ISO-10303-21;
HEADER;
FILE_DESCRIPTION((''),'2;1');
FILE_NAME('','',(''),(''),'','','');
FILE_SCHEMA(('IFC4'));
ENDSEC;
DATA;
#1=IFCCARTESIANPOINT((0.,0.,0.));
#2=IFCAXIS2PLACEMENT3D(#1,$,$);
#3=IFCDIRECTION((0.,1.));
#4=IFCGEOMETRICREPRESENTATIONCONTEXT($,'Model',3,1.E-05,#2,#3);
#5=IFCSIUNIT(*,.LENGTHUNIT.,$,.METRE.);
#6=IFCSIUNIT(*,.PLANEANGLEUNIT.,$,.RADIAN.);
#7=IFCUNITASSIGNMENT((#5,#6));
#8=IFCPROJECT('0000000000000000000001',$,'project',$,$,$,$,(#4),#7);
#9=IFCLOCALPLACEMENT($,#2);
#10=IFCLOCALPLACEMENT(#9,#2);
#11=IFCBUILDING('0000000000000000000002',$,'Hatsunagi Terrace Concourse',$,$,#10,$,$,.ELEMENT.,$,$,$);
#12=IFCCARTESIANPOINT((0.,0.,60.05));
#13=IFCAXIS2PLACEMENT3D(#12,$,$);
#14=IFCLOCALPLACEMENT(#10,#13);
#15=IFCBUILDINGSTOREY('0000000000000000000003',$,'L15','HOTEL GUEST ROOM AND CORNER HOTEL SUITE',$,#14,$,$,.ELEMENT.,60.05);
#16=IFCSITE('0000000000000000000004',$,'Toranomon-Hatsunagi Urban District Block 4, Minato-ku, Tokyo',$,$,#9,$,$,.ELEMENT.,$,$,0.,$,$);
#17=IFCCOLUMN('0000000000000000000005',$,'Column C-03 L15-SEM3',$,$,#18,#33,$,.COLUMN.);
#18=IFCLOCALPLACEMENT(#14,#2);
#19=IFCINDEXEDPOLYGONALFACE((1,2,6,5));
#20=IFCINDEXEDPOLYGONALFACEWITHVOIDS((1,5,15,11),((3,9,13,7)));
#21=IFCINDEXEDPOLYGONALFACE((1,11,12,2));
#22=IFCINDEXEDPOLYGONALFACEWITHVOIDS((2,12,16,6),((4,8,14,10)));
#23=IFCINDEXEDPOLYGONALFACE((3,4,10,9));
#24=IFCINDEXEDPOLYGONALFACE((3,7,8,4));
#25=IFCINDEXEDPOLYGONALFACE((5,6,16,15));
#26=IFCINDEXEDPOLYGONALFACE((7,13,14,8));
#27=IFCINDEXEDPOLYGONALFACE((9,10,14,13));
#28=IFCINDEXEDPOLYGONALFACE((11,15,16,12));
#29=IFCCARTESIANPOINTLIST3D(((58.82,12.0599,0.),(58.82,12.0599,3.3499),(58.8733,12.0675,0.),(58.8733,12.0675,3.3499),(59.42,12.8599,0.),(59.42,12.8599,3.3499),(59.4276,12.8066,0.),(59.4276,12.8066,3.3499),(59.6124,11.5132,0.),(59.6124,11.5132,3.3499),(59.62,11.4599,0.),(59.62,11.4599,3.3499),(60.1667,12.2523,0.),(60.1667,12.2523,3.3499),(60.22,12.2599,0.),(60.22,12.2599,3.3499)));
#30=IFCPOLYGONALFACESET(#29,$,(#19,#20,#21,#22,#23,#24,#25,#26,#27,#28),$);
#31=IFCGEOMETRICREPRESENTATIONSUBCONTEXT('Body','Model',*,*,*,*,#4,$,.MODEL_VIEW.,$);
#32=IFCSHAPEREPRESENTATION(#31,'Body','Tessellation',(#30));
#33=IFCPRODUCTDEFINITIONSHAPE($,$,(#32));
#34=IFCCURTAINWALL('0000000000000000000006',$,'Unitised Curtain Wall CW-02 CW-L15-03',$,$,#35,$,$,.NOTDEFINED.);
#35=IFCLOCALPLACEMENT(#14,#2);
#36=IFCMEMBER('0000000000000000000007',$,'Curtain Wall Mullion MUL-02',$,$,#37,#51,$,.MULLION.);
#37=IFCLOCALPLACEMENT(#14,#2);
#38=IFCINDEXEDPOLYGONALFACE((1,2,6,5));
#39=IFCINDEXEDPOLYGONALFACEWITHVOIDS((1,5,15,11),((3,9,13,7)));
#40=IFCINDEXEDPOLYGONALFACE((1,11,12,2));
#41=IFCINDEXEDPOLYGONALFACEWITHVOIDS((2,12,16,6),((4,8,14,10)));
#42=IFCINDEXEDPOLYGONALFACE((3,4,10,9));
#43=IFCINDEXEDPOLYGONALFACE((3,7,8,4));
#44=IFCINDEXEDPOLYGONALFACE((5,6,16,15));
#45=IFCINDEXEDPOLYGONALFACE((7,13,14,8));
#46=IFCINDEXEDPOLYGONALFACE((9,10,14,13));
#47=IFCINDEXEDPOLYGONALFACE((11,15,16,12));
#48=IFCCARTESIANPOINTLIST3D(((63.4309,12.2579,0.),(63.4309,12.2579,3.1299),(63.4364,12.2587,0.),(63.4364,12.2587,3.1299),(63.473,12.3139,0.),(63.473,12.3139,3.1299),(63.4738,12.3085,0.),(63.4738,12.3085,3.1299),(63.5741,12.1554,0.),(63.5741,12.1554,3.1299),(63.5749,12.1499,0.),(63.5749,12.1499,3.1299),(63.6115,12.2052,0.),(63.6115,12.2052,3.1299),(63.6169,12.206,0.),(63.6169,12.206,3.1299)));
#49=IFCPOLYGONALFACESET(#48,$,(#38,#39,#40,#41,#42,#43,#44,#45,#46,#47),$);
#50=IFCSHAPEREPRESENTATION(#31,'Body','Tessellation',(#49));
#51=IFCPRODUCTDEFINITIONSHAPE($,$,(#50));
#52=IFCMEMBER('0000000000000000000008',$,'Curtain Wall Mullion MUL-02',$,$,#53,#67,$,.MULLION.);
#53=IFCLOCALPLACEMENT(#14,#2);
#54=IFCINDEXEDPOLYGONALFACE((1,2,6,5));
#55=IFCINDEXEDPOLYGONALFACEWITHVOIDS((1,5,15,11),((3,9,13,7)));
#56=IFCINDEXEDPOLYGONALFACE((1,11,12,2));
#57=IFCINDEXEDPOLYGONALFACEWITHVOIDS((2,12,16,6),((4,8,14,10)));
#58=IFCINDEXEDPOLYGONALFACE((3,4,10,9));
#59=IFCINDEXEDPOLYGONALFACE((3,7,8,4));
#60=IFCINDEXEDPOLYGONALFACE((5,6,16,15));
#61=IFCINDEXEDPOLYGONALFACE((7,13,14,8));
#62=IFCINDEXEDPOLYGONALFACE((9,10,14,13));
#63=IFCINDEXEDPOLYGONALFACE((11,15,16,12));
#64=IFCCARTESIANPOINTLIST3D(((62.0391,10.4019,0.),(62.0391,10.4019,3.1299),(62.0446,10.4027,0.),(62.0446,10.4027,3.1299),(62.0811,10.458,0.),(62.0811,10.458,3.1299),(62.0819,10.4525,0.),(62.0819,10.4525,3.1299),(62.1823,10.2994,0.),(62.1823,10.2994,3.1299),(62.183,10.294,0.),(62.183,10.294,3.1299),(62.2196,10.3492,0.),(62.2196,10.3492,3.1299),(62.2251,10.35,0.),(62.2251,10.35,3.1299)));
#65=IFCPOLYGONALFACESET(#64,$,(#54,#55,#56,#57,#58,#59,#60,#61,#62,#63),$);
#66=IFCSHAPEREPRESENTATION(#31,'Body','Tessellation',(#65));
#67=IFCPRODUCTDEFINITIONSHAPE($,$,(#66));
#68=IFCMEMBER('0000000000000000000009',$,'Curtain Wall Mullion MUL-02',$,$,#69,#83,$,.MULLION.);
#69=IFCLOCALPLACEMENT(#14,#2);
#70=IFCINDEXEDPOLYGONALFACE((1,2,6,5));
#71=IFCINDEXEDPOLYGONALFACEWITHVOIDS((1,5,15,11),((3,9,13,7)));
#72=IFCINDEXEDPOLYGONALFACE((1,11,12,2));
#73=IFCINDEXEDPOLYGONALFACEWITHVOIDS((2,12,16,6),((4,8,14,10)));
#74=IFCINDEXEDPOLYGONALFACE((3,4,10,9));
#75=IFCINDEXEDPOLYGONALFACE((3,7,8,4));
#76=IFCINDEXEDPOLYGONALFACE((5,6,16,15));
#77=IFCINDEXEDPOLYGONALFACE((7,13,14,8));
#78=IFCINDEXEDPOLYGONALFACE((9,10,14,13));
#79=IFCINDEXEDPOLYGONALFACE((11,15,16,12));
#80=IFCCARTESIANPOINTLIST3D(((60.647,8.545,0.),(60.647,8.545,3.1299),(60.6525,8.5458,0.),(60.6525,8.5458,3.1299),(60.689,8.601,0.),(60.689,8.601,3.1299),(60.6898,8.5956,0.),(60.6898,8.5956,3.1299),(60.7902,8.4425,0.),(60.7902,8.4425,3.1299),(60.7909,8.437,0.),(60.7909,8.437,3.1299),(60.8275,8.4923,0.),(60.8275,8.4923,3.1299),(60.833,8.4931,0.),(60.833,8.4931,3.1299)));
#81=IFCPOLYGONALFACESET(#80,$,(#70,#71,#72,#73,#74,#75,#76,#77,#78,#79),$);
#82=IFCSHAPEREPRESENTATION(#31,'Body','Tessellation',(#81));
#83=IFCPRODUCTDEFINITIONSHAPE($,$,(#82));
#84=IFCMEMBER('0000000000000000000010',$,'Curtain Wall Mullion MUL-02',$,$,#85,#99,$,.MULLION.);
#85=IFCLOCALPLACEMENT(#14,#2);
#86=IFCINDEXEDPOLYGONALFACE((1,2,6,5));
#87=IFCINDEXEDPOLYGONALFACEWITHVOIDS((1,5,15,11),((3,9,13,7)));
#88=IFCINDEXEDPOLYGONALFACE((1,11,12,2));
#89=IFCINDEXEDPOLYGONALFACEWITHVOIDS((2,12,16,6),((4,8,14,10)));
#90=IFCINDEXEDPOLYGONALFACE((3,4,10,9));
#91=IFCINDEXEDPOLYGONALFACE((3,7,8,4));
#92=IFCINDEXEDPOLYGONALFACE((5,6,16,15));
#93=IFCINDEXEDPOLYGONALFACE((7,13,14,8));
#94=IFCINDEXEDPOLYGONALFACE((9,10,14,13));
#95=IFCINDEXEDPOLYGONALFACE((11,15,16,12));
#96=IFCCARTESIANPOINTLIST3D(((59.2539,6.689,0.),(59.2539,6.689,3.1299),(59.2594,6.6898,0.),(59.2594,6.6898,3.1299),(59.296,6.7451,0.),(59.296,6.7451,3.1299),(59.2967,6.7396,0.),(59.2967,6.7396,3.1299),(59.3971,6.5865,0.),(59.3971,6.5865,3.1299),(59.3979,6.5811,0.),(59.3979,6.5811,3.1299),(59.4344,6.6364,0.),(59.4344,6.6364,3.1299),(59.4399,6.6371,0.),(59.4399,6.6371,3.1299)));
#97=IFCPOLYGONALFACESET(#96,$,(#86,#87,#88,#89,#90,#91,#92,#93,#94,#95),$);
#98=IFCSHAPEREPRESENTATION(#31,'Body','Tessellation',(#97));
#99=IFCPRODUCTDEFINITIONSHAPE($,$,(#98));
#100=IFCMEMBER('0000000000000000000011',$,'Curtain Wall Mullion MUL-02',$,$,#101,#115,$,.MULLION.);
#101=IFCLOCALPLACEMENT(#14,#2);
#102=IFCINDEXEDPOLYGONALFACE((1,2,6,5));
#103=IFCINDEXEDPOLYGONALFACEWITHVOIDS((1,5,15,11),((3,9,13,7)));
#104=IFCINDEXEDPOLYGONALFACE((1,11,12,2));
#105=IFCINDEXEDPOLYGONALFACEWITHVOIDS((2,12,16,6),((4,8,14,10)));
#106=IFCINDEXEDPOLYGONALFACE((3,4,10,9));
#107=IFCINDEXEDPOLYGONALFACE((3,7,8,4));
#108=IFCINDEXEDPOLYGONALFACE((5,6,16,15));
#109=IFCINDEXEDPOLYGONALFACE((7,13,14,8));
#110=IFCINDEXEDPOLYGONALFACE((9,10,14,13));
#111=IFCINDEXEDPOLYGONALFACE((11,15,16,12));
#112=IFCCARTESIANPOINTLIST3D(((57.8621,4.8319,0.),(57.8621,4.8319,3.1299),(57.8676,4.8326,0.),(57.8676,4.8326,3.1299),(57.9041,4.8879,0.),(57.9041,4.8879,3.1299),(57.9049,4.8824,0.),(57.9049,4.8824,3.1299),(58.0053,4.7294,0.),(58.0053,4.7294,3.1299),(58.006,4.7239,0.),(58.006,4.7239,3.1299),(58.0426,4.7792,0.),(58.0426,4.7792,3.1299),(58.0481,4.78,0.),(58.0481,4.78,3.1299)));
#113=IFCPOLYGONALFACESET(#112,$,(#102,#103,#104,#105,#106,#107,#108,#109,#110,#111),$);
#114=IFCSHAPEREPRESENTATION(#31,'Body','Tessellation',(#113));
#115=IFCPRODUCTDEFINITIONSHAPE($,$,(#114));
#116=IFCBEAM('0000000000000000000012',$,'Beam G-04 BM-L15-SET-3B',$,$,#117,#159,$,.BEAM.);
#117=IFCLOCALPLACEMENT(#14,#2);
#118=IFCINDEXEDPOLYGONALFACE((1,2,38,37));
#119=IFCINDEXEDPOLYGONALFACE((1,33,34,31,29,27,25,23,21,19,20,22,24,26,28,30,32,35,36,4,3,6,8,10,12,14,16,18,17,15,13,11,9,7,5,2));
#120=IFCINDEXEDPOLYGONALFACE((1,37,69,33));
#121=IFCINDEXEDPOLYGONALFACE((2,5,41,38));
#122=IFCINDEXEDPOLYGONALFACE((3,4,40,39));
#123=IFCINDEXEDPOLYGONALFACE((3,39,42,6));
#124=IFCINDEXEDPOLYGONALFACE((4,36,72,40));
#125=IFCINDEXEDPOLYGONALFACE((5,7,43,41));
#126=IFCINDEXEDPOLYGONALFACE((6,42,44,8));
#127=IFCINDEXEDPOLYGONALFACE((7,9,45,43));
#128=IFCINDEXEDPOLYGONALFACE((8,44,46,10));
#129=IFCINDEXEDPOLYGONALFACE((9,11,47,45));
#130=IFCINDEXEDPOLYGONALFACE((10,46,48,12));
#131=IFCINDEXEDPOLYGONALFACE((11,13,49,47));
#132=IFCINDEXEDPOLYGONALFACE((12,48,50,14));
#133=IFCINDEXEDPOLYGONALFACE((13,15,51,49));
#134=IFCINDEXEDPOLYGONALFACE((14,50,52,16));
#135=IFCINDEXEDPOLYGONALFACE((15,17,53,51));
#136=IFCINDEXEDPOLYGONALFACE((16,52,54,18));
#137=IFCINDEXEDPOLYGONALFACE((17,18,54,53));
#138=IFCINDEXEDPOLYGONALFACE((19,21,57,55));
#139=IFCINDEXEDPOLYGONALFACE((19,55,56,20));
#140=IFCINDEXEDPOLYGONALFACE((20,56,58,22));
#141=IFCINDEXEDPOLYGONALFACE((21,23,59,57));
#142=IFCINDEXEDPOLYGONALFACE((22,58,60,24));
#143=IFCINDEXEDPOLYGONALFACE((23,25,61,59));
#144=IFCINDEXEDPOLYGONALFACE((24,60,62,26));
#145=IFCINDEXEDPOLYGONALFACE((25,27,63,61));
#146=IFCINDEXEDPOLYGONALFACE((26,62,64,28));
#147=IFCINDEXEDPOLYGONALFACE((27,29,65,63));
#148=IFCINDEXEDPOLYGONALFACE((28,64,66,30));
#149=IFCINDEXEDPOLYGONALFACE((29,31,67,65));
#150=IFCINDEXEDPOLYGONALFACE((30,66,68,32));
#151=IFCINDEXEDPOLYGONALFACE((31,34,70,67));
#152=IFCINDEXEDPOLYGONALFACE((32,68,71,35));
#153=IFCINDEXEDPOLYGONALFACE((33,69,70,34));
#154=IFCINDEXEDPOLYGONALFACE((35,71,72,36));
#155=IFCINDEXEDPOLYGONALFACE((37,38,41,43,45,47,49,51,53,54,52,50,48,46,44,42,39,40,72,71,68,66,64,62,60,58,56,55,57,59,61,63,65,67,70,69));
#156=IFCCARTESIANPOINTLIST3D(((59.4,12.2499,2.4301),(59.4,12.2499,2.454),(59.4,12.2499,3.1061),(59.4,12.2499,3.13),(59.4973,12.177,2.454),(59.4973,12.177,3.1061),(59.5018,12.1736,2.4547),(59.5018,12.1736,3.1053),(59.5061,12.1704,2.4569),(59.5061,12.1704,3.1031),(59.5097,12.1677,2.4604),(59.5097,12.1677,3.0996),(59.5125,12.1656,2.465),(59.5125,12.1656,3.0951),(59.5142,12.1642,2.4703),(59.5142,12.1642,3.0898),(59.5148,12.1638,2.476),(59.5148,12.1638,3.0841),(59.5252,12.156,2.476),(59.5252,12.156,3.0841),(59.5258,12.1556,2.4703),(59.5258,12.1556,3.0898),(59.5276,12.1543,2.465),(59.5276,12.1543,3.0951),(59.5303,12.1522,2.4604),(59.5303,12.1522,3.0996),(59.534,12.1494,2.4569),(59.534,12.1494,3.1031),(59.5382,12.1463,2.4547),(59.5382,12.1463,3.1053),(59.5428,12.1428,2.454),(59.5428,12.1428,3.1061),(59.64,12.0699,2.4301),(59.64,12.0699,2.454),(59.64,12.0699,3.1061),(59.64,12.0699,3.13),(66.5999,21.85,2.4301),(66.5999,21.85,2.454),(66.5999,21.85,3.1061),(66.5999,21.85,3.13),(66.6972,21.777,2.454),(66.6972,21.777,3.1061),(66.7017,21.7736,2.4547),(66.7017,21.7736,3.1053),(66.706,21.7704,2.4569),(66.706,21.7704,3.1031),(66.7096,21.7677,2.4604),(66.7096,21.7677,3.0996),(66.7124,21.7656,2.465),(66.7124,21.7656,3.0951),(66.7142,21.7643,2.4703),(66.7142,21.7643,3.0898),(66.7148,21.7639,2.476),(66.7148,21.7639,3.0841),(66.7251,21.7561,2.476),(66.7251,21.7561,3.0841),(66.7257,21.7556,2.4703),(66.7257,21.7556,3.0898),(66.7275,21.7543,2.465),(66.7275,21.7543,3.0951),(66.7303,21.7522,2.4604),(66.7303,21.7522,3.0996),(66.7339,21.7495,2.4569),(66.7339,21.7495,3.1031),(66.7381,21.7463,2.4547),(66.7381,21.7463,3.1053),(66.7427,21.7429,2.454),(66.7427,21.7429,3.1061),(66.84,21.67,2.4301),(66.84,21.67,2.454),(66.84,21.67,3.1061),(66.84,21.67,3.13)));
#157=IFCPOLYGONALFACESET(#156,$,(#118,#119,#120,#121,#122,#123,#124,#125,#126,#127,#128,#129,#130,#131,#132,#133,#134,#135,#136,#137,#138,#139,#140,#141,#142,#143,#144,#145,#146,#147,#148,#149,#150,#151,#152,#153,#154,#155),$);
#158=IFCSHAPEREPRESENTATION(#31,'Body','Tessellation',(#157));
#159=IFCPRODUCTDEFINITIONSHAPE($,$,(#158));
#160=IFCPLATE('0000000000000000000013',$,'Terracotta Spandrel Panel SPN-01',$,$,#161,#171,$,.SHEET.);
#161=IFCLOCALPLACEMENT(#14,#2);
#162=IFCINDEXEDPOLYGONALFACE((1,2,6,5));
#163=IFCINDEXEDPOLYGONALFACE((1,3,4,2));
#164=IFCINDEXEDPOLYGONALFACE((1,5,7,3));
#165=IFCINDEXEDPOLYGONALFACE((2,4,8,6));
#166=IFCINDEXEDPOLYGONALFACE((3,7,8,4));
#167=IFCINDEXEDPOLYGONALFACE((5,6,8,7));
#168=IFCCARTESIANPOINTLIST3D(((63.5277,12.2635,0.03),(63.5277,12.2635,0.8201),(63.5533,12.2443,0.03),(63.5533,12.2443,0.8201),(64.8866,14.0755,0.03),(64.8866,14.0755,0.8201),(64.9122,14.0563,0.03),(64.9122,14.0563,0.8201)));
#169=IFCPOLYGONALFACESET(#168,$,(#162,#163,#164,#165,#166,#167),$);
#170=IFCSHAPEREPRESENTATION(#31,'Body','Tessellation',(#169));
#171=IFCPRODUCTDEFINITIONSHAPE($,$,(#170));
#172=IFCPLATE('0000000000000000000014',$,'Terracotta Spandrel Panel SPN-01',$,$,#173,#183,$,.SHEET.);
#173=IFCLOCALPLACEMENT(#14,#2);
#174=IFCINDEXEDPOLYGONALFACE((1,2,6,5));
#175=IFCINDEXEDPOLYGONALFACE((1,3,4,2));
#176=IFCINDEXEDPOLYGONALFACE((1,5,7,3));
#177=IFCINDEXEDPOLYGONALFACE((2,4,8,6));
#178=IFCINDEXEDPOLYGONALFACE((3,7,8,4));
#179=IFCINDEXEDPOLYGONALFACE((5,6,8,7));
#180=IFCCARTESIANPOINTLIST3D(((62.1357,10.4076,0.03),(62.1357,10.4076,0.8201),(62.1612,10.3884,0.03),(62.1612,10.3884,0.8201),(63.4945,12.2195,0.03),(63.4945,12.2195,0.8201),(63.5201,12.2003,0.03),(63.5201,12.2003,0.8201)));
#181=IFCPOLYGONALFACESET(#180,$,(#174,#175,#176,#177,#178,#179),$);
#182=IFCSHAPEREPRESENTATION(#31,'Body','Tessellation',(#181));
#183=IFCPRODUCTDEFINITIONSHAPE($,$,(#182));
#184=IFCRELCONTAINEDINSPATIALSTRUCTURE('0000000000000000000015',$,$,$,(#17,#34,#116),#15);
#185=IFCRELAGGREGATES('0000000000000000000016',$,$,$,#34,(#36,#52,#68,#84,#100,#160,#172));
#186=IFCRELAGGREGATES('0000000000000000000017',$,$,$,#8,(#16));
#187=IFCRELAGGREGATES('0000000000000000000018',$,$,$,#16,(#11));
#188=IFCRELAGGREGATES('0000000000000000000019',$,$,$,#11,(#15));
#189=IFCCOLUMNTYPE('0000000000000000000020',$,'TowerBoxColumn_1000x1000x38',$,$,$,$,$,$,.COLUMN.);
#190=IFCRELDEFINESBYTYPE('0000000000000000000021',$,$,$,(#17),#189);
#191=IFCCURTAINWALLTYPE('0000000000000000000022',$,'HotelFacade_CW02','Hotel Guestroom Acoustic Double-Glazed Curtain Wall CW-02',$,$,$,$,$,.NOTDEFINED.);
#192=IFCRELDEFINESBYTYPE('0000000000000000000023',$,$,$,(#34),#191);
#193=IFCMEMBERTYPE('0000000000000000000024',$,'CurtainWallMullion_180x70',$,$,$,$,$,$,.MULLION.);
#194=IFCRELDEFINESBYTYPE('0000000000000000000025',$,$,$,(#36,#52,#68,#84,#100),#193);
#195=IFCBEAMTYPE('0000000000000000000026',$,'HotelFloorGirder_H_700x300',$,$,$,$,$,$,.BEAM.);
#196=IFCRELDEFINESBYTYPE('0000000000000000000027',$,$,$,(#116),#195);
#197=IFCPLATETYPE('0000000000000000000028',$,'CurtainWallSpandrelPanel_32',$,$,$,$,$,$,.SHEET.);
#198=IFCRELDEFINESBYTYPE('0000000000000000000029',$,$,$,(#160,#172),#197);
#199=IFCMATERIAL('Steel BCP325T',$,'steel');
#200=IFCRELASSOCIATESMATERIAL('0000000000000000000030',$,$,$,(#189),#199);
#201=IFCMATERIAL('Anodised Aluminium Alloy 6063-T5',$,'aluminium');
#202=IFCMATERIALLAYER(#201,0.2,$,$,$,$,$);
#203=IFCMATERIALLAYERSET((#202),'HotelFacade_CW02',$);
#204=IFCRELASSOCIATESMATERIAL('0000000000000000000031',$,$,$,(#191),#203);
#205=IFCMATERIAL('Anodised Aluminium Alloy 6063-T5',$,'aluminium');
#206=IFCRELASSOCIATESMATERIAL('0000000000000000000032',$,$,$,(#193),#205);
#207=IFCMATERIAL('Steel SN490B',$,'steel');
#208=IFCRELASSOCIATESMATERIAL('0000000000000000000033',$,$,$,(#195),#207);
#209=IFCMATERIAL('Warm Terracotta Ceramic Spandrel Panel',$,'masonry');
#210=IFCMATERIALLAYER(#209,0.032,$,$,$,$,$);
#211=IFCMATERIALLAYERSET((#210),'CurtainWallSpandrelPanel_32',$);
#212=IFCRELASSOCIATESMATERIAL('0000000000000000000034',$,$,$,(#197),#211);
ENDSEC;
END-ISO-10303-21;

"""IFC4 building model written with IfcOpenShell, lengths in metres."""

from ifc_helpers import new_model, si_unit, direction, frame, origin, origin_2d, place, context, subcontext, project, spatial, rectangle, hollow_rectangle, i_section, extrude, material, layer, layer_set, material_profile, profile_set, type_object, element, aggregate, save


model = new_model("IFC4")

# Units and contexts
model_context = context("Model", 3, precision=1e-05, world=origin(), true_north=direction((0.0, 1.0)))
body_context = subcontext(model_context, "Body", "Model", "MODEL_VIEW")
ifc_project = project(units=[si_unit("LENGTHUNIT", "METRE"), si_unit("PLANEANGLEUNIT", "RADIAN")], contexts=[model_context])

# Site, building, storey
site_placement = place(None, origin())
site = spatial("IfcSite", under=ifc_project, at=site_placement, Name="Toranomon-Hatsunagi Urban District Block 4, Minato-ku, Tokyo", CompositionType="ELEMENT", RefElevation=0.0)
building_placement = place(site_placement, origin())
building = spatial("IfcBuilding", under=site, at=building_placement, Name="Hatsunagi Terrace Concourse", CompositionType="ELEMENT")
storey_placement = place(building_placement, frame((0.0, 0.0, 60.05)))
storey = spatial("IfcBuildingStorey", under=building, at=storey_placement, Name="L15", Description="HOTEL GUEST ROOM AND CORNER HOTEL SUITE", CompositionType="ELEMENT", Elevation=60.05)

# Column
ifc_material_1 = material(Name="Steel BCP325T", Category="steel")
ifc_material_profile_1 = material_profile(ifc_material_1, hollow_rectangle(XDim=1.0, YDim=1.0, WallThickness=0.0381, at=origin_2d()), Name="BCP-1000x1000x38")
ifc_profile_set_1 = profile_set([ifc_material_profile_1], Name="Steel BCP325T")
column_type = type_object("IfcColumnType", Name="TowerBoxColumn_1000x1000x38", PredefinedType="COLUMN", material=ifc_profile_set_1)
column_placement = place(storey_placement, frame((59.52, 12.1599, 0.0), z_axis=(0.0, 0.0, 1.0), x_axis=(0.8, -0.6, 0.0)))
element("IfcColumn", 1, at=column_placement, inside=storey, type_object=column_type, Name="Column C-03 L15-SEM3", PredefinedType="COLUMN", context=body_context, shape_type="SweptSolid", body=[
    extrude(hollow_rectangle(XDim=1.0, YDim=1.0, WallThickness=0.0381, at=origin_2d()), origin(), (0.0, 0.0, 1.0), 3.3499),
])

# Curtain wall, members
ifc_material_2 = material(Name="Anodised Aluminium Alloy 6063-T5", Category="aluminium")
ifc_layer_1 = layer(ifc_material_2, 0.2)
ifc_layer_set_1 = layer_set([ifc_layer_1], Name="HotelFacade_CW02")
curtain_wall_type = type_object("IfcCurtainWallType", Name="HotelFacade_CW02", Description="Hotel Guestroom Acoustic Double-Glazed Curtain Wall CW-02", PredefinedType="NOTDEFINED", material=ifc_layer_set_1)
curtain_wall_placement = place(storey_placement, origin())
curtain_wall = element("IfcCurtainWall", 2, at=curtain_wall_placement, inside=storey, type_object=curtain_wall_type, Name="Unitised Curtain Wall CW-02 CW-L15-03", PredefinedType="NOTDEFINED")
ifc_material_3 = material(Name="Anodised Aluminium Alloy 6063-T5", Category="aluminium")
ifc_material_profile_2 = material_profile(ifc_material_3, hollow_rectangle(XDim=0.0701, YDim=0.1799, WallThickness=0.0039, at=origin_2d()), Name="ALU-MUL-180x70x4")
ifc_profile_set_2 = profile_set([ifc_material_profile_2], Name="Anodised Aluminium Alloy 6063-T5")
member_type = type_object("IfcMemberType", Name="CurtainWallMullion_180x70", PredefinedType="MULLION", material=ifc_profile_set_2)
member_1_placement = place(storey_placement, frame((63.5239, 12.2319, 0.0), z_axis=(0.0, 0.0, 1.0), x_axis=(-0.599969, -0.800023, 0.0)))
member_1 = element("IfcMember", 3, at=member_1_placement, type_object=member_type, Name="Curtain Wall Mullion MUL-02", PredefinedType="MULLION", context=body_context, shape_type="SweptSolid", body=[
    extrude(hollow_rectangle(XDim=0.0701, YDim=0.1799, WallThickness=0.0039, at=origin_2d()), origin(), (0.0, 0.0, 1.0), 3.1299),
])
member_2_placement = place(storey_placement, frame((62.1321, 10.376, 0.0), z_axis=(0.0, 0.0, 1.0), x_axis=(-0.599969, -0.800023, 0.0)))
member_2 = element("IfcMember", 4, at=member_2_placement, type_object=member_type, Name="Curtain Wall Mullion MUL-02", PredefinedType="MULLION", context=body_context, shape_type="SweptSolid", body=[
    extrude(hollow_rectangle(XDim=0.0701, YDim=0.1799, WallThickness=0.0039, at=origin_2d()), origin(), (0.0, 0.0, 1.0), 3.1299),
])
member_3_placement = place(storey_placement, frame((60.74, 8.519, 0.0), z_axis=(0.0, 0.0, 1.0), x_axis=(-0.599969, -0.800023, 0.0)))
member_3 = element("IfcMember", 5, at=member_3_placement, type_object=member_type, Name="Curtain Wall Mullion MUL-02", PredefinedType="MULLION", context=body_context, shape_type="SweptSolid", body=[
    extrude(hollow_rectangle(XDim=0.0701, YDim=0.1799, WallThickness=0.0039, at=origin_2d()), origin(), (0.0, 0.0, 1.0), 3.1299),
])
member_4_placement = place(storey_placement, frame((59.3469, 6.6631, 0.0), z_axis=(0.0, 0.0, 1.0), x_axis=(-0.599969, -0.800023, 0.0)))
member_4 = element("IfcMember", 6, at=member_4_placement, type_object=member_type, Name="Curtain Wall Mullion MUL-02", PredefinedType="MULLION", context=body_context, shape_type="SweptSolid", body=[
    extrude(hollow_rectangle(XDim=0.0701, YDim=0.1799, WallThickness=0.0039, at=origin_2d()), origin(), (0.0, 0.0, 1.0), 3.1299),
])
member_5_placement = place(storey_placement, frame((57.9551, 4.8059, 0.0), z_axis=(0.0, 0.0, 1.0), x_axis=(-0.599969, -0.800023, 0.0)))
member_5 = element("IfcMember", 7, at=member_5_placement, type_object=member_type, Name="Curtain Wall Mullion MUL-02", PredefinedType="MULLION", context=body_context, shape_type="SweptSolid", body=[
    extrude(hollow_rectangle(XDim=0.0701, YDim=0.1799, WallThickness=0.0039, at=origin_2d()), origin(), (0.0, 0.0, 1.0), 3.1299),
])

# Beam
ifc_material_4 = material(Name="Steel SN490B", Category="steel")
ifc_material_profile_3 = material_profile(ifc_material_4, i_section(OverallWidth=0.3, OverallDepth=0.7, WebThickness=0.0129, FlangeThickness=0.0239, FilletRadius=0.022, at=origin_2d()), Name="H-700x300x13x24")
ifc_profile_set_3 = profile_set([ifc_material_profile_3], Name="Steel SN490B")
beam_type = type_object("IfcBeamType", Name="HotelFloorGirder_H_700x300", PredefinedType="BEAM", material=ifc_profile_set_3)
beam_placement = place(storey_placement, frame((59.52, 12.1599, 2.78), z_axis=(0.599993, 0.800005, 0.0), x_axis=(-0.800005, 0.599993, 0.0)))
element("IfcBeam", 8, at=beam_placement, inside=storey, type_object=beam_type, Name="Beam G-04 BM-L15-SET-3B", PredefinedType="BEAM", context=body_context, shape_type="SweptSolid", body=[
    extrude(i_section(OverallWidth=0.3, OverallDepth=0.7, WebThickness=0.0129, FlangeThickness=0.0239, FilletRadius=0.022, at=origin_2d()), origin(), (0.0, 0.0, 1.0), 12.0),
])

# Plates
ifc_material_5 = material(Name="Warm Terracotta Ceramic Spandrel Panel", Category="masonry")
ifc_layer_2 = layer(ifc_material_5, 0.032)
ifc_layer_set_2 = layer_set([ifc_layer_2], Name="CurtainWallSpandrelPanel_32")
plate_type_1 = type_object("IfcPlateType", Name="CurtainWallSpandrelPanel_32", PredefinedType="SHEET", material=ifc_layer_set_2)
plate_1_placement = place(storey_placement, frame((64.22, 13.1599, 0.03), z_axis=(0.0, 0.0, 1.0), x_axis=(-0.599969, -0.800023, 0.0)))
plate_1 = element("IfcPlate", 9, at=plate_1_placement, type_object=plate_type_1, Name="Terracotta Spandrel Panel SPN-01", PredefinedType="SHEET", context=body_context, shape_type="SweptSolid", body=[
    extrude(rectangle(XDim=2.2649, YDim=0.032, at=origin_2d()), origin(), (0.0, 0.0, 1.0), 0.79),
])
plate_2_placement = place(storey_placement, frame((62.8279, 11.304, 0.03), z_axis=(0.0, 0.0, 1.0), x_axis=(-0.599969, -0.800023, 0.0)))
plate_2 = element("IfcPlate", 10, at=plate_2_placement, type_object=plate_type_1, Name="Terracotta Spandrel Panel SPN-01", PredefinedType="SHEET", context=body_context, shape_type="SweptSolid", body=[
    extrude(rectangle(XDim=2.2649, YDim=0.032, at=origin_2d()), origin(), (0.0, 0.0, 1.0), 0.79),
])
aggregate(curtain_wall, [member_1, member_2, member_3, member_4, member_5, plate_1, plate_2])

save(model, "model.ifc")
